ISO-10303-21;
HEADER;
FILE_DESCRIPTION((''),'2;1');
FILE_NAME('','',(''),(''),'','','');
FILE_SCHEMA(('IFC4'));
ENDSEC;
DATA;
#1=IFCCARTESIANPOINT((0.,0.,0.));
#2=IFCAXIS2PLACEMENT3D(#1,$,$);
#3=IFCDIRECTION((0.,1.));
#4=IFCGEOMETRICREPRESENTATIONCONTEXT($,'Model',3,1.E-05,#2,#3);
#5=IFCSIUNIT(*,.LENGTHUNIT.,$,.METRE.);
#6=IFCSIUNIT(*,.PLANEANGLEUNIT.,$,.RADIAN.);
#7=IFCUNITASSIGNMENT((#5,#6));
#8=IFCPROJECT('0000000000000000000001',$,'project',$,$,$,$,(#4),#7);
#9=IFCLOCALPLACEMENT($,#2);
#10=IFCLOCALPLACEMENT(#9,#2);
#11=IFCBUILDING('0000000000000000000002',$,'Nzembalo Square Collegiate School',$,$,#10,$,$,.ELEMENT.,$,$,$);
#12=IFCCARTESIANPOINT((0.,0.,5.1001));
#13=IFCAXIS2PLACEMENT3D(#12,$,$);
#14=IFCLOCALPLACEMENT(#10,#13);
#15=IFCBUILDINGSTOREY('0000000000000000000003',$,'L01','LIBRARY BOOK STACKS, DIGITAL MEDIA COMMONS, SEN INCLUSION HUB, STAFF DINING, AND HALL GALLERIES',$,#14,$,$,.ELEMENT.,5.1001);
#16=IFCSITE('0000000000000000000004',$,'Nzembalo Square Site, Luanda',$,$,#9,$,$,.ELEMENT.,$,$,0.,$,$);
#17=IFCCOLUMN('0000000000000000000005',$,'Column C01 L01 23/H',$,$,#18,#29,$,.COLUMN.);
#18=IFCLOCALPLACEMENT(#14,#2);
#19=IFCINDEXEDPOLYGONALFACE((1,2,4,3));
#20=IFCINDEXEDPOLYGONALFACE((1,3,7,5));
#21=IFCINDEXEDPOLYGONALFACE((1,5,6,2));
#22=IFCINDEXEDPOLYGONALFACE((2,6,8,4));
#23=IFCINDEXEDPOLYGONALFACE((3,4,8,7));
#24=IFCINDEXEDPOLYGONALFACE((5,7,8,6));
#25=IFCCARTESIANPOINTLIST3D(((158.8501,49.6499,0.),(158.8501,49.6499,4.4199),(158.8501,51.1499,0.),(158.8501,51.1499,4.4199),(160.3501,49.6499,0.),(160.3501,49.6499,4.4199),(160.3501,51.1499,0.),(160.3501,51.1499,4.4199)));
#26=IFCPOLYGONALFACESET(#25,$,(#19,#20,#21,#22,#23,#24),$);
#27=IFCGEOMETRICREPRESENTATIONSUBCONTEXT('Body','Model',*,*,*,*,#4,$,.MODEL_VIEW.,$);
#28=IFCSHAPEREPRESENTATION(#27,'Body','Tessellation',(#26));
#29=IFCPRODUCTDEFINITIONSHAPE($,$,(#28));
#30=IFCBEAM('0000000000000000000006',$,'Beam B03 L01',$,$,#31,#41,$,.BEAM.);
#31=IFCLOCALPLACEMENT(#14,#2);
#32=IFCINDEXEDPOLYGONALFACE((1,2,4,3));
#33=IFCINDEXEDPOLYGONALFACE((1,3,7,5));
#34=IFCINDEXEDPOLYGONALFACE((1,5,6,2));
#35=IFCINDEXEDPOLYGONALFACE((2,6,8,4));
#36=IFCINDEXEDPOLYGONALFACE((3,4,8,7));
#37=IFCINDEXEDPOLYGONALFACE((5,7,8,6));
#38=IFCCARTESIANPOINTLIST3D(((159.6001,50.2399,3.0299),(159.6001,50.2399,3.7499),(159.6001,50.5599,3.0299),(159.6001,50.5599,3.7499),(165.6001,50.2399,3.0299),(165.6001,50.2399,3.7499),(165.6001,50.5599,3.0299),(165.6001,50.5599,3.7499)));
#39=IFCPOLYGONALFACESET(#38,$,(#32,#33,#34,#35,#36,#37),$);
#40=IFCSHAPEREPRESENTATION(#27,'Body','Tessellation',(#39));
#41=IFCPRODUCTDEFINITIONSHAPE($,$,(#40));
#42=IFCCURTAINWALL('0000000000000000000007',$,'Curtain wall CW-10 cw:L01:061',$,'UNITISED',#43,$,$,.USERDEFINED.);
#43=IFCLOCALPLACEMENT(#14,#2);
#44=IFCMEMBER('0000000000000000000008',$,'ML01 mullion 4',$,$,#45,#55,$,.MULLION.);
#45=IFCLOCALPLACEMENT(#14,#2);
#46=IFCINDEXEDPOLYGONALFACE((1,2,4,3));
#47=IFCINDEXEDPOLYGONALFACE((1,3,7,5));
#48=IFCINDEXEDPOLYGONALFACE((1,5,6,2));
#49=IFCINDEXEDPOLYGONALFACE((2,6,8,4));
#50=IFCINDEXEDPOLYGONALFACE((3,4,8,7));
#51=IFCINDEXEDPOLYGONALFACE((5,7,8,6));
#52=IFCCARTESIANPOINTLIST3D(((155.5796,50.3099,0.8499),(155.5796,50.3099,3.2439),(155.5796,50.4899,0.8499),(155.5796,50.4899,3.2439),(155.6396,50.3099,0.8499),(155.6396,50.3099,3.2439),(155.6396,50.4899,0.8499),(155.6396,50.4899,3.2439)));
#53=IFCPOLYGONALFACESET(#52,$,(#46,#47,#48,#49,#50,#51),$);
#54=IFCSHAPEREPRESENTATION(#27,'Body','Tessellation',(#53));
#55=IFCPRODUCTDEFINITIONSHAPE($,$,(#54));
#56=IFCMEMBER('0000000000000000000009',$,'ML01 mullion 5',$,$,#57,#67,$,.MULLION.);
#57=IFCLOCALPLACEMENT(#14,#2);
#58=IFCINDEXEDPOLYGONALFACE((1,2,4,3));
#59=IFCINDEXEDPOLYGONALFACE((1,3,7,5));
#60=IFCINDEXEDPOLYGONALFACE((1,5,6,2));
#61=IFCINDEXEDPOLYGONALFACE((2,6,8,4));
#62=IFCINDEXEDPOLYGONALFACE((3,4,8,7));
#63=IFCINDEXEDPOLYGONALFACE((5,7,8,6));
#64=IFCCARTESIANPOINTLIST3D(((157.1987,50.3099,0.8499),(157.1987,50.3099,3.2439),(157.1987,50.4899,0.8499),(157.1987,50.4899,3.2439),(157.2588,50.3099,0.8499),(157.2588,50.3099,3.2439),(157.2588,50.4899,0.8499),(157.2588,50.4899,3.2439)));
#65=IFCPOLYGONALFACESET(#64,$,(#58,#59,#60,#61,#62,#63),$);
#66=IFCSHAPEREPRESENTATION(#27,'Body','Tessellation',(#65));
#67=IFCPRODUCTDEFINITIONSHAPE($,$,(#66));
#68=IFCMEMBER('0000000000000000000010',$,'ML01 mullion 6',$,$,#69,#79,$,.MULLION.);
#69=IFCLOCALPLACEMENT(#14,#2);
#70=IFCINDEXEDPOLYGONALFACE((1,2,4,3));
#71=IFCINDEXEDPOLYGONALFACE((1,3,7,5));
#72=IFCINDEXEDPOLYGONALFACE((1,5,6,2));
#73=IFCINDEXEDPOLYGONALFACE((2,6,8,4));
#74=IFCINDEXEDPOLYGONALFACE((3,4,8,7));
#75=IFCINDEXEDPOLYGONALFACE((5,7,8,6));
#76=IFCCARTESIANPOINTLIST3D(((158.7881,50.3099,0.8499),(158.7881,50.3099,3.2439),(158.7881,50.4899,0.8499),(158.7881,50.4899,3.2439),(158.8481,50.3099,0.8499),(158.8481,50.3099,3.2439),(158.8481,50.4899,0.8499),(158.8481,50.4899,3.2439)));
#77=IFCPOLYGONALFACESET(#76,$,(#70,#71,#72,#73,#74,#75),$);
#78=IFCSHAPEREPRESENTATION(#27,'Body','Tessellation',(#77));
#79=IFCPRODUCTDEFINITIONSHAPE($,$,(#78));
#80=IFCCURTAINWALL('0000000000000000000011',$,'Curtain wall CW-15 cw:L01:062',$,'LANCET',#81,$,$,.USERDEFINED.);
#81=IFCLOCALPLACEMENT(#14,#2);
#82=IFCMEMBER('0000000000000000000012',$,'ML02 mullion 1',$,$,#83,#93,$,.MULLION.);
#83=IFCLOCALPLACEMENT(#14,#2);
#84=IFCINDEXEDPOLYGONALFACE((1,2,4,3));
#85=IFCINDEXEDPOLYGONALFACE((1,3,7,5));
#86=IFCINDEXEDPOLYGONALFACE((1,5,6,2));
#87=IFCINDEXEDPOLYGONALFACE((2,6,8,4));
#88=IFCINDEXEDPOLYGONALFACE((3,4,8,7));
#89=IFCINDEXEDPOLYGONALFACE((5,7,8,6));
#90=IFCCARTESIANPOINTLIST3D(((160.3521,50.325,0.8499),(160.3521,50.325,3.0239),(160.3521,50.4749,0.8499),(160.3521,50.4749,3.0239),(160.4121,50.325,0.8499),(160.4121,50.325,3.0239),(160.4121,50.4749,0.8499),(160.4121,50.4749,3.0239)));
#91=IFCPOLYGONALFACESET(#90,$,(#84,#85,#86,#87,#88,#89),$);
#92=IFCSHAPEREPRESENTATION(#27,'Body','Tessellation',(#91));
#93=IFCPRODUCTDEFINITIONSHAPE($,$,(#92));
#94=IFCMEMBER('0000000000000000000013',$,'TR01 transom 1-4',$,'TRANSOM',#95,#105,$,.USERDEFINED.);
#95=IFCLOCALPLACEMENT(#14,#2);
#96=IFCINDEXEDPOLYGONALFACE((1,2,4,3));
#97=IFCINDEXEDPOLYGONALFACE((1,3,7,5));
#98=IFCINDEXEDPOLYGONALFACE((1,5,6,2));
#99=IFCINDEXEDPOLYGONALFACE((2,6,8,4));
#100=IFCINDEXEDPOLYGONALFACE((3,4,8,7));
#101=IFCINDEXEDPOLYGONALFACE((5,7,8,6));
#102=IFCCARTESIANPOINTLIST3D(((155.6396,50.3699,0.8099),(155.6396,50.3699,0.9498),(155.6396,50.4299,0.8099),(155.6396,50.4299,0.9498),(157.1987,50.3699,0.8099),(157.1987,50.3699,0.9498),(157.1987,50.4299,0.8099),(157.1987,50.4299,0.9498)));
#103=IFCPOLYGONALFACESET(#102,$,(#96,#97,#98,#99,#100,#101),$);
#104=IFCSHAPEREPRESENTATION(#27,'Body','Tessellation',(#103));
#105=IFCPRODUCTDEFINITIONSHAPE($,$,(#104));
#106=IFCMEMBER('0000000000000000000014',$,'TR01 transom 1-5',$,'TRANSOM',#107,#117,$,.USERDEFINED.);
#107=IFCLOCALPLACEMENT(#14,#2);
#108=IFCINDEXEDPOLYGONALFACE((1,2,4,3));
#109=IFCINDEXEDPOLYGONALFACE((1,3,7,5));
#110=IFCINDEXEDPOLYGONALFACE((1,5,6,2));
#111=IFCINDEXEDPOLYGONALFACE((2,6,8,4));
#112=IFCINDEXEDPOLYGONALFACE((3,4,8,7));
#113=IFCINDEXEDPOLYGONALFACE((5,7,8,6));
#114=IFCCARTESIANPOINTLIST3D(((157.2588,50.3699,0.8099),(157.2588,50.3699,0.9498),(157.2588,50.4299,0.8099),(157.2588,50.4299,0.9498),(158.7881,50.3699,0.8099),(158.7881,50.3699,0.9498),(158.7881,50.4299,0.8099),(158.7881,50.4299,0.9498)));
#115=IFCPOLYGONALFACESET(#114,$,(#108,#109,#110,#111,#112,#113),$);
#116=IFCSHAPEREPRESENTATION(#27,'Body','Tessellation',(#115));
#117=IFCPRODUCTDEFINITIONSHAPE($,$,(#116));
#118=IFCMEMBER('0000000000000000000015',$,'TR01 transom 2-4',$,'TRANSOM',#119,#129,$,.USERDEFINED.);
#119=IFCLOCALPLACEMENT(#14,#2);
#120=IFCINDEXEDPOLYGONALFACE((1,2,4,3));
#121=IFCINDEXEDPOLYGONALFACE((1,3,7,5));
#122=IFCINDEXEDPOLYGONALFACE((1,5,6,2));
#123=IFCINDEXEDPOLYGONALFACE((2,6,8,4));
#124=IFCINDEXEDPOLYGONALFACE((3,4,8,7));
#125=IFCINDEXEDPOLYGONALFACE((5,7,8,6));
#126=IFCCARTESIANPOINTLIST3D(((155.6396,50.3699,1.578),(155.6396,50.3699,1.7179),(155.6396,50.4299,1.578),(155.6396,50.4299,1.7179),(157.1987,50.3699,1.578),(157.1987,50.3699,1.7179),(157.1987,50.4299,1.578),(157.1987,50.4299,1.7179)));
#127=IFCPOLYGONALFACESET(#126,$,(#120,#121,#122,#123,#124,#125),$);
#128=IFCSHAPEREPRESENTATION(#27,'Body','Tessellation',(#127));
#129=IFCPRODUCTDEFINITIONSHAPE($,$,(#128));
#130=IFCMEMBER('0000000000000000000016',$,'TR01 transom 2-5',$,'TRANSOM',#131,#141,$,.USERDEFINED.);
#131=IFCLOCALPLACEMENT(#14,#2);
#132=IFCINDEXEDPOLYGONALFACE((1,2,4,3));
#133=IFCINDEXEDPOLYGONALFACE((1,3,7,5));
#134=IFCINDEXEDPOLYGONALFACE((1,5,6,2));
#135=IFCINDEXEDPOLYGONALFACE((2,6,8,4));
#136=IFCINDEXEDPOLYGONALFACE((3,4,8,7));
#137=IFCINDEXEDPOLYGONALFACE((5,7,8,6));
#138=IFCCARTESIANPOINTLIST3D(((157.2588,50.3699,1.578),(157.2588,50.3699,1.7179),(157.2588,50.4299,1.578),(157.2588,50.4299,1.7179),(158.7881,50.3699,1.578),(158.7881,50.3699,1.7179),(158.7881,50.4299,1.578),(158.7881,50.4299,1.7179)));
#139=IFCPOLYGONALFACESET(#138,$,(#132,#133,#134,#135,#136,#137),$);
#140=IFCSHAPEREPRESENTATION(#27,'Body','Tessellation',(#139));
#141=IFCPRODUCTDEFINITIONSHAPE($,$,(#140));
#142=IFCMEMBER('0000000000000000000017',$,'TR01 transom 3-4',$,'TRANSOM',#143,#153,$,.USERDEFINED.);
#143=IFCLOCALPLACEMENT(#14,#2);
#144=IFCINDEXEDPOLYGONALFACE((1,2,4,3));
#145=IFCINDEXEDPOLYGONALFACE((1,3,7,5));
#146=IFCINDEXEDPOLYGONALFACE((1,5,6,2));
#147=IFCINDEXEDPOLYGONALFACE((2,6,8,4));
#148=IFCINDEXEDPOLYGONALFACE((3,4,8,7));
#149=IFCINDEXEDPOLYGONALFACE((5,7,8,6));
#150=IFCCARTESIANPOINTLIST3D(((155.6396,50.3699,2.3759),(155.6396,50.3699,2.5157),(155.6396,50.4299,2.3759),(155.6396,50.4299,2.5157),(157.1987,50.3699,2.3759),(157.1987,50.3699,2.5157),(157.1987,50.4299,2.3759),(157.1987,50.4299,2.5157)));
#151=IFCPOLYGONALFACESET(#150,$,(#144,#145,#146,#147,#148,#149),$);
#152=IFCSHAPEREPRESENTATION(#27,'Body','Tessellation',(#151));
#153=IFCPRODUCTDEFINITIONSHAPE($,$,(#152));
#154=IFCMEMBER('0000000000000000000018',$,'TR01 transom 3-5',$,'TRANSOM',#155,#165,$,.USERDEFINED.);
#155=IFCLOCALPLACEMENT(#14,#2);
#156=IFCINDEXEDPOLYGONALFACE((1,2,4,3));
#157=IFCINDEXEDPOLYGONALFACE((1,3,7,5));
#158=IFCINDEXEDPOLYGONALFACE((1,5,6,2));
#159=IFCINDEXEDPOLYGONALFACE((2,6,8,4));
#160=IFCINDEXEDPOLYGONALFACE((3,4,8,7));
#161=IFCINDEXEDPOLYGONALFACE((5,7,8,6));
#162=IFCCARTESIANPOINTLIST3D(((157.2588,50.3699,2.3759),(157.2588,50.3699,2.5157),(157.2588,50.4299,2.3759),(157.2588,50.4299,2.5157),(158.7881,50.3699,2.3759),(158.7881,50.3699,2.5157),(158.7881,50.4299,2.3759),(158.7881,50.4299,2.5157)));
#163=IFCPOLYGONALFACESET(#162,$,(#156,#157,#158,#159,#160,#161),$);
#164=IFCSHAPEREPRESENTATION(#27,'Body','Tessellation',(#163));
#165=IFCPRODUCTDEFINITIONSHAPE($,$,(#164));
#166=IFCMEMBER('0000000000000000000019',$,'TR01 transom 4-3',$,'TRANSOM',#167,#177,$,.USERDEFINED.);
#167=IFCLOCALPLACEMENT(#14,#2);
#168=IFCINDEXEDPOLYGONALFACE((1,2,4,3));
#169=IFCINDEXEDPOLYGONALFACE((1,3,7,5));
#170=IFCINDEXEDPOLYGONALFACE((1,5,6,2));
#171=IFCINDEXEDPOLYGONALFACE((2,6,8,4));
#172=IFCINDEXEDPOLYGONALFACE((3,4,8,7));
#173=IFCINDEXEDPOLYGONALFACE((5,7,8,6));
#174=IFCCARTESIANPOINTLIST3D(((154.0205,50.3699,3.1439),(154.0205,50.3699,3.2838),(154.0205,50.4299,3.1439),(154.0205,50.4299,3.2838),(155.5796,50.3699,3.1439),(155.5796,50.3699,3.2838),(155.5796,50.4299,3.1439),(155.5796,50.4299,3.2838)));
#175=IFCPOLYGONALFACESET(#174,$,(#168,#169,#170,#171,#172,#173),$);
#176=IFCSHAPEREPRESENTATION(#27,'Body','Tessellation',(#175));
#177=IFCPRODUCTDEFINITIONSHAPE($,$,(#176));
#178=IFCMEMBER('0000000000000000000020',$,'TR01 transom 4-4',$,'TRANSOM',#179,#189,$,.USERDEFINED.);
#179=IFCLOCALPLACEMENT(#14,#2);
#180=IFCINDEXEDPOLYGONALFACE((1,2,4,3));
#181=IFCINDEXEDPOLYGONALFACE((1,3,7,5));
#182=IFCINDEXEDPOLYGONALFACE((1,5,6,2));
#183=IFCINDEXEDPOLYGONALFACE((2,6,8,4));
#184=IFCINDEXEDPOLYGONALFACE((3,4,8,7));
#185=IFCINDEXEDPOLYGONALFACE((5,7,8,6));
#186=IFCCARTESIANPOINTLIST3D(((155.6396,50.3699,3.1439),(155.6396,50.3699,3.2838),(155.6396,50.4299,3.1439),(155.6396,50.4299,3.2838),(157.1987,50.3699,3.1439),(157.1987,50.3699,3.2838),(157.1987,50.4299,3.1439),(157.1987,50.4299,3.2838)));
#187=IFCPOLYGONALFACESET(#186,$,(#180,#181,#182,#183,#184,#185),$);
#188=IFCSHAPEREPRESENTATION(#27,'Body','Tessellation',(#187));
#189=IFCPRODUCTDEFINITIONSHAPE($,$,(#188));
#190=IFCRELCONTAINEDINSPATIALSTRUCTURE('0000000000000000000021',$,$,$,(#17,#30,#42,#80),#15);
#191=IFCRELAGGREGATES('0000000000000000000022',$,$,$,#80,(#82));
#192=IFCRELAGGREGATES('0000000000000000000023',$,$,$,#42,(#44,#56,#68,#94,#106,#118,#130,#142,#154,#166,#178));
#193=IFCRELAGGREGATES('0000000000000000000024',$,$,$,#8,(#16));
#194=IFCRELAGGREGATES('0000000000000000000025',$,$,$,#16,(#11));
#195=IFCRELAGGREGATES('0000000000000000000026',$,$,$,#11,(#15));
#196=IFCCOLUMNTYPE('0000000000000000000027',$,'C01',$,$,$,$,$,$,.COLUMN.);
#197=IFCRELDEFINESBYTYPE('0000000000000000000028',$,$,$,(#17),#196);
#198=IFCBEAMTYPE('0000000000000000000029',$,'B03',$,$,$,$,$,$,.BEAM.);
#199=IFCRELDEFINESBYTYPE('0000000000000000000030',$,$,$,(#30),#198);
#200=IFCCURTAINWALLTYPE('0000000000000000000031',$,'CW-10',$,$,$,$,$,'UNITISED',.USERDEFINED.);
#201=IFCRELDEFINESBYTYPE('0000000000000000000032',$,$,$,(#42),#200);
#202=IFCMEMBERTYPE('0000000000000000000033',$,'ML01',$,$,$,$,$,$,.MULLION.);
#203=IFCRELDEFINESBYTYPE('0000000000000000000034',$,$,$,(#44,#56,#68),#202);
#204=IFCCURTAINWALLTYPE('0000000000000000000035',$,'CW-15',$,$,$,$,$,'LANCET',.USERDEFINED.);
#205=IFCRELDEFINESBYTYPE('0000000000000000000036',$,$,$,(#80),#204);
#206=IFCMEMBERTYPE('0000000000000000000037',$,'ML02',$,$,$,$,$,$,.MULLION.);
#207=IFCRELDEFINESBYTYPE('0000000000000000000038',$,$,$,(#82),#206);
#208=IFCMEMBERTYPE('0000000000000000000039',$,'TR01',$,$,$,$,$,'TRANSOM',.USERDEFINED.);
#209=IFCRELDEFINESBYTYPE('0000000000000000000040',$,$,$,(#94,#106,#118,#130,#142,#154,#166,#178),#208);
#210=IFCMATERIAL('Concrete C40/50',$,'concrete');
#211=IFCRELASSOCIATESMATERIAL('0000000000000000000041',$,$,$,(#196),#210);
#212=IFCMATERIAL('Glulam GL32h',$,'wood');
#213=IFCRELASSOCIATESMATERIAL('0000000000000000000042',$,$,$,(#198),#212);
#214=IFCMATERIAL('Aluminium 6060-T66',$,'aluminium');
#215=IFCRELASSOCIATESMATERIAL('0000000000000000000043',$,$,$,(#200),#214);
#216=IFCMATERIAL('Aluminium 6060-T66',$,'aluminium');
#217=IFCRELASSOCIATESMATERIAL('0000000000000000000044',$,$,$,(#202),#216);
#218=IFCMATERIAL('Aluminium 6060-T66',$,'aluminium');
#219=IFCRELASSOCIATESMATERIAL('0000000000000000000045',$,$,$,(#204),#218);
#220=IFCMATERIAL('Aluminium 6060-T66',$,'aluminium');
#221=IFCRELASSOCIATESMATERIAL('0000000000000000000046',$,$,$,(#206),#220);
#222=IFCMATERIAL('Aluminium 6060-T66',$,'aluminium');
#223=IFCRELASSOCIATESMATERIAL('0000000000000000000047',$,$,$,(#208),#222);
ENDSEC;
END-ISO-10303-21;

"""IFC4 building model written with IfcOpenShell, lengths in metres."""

from ifc_helpers import new_model, si_unit, direction, frame, origin, origin_2d, place, context, subcontext, project, spatial, rectangle, extrude, material, material_profile, profile_set, type_object, element, aggregate, save


model = new_model("IFC4")

# Units and contexts
model_context = context("Model", 3, precision=1e-05, world=origin(), true_north=direction((0.0, 1.0)))
body_context = subcontext(model_context, "Body", "Model", "MODEL_VIEW")
ifc_project = project(units=[si_unit("LENGTHUNIT", "METRE"), si_unit("PLANEANGLEUNIT", "RADIAN")], contexts=[model_context])

# Site, building, storey
site_placement = place(None, origin())
site = spatial("IfcSite", under=ifc_project, at=site_placement, Name="Nzembalo Square Site, Luanda", CompositionType="ELEMENT", RefElevation=0.0)
building_placement = place(site_placement, origin())
building = spatial("IfcBuilding", under=site, at=building_placement, Name="Nzembalo Square Collegiate School", CompositionType="ELEMENT")
storey_placement = place(building_placement, frame((0.0, 0.0, 5.1001)))
storey = spatial("IfcBuildingStorey", under=building, at=storey_placement, Name="L01", Description="LIBRARY BOOK STACKS, DIGITAL MEDIA COMMONS, SEN INCLUSION HUB, STAFF DINING, AND HALL GALLERIES", CompositionType="ELEMENT", Elevation=5.1001)

# Column
ifc_material_1 = material(Name="Concrete C40/50", Category="concrete")
ifc_material_profile_1 = material_profile(ifc_material_1, rectangle(XDim=1.5, YDim=1.5, at=origin_2d()), Name="RC 1500x1500")
ifc_profile_set_1 = profile_set([ifc_material_profile_1], Name="Concrete C40/50")
column_type = type_object("IfcColumnType", Name="C01", PredefinedType="COLUMN", material=ifc_profile_set_1)
column_placement = place(storey_placement, frame((159.6001, 50.3999, 0.0), z_axis=(0.0, 0.0, 1.0), x_axis=(1.0, 0.0, 0.0)))
element("IfcColumn", 1, at=column_placement, inside=storey, type_object=column_type, Name="Column C01 L01 23/H", PredefinedType="COLUMN", context=body_context, shape_type="SweptSolid", body=[
    extrude(rectangle(XDim=1.5, YDim=1.5, at=origin_2d()), origin(), (0.0, 0.0, 1.0), 4.4199),
])

# Beam
ifc_material_2 = material(Name="Glulam GL32h", Category="wood")
ifc_material_profile_2 = material_profile(ifc_material_2, rectangle(XDim=0.3201, YDim=0.72, at=origin_2d()), Name="GL32h 320x720")
ifc_profile_set_2 = profile_set([ifc_material_profile_2], Name="Glulam GL32h")
beam_type = type_object("IfcBeamType", Name="B03", PredefinedType="BEAM", material=ifc_profile_set_2)
beam_placement = place(storey_placement, frame((159.6001, 50.3999, 3.3899), z_axis=(1.0, 0.0, 0.0), x_axis=(0.0, 1.0, 0.0)))
element("IfcBeam", 2, at=beam_placement, inside=storey, type_object=beam_type, Name="Beam B03 L01", PredefinedType="BEAM", context=body_context, shape_type="SweptSolid", body=[
    extrude(rectangle(XDim=0.3201, YDim=0.72, at=origin_2d()), origin(), (0.0, 0.0, 1.0), 6.0),
])

# Curtain wall, members
ifc_material_3 = material(Name="Aluminium 6060-T66", Category="aluminium")
curtain_wall_type_1 = type_object("IfcCurtainWallType", Name="CW-10", ElementType="UNITISED", PredefinedType="USERDEFINED", material=ifc_material_3)
curtain_wall_1_placement = place(storey_placement, origin())
curtain_wall_1 = element("IfcCurtainWall", 3, at=curtain_wall_1_placement, inside=storey, type_object=curtain_wall_type_1, Name="Curtain wall CW-10 cw:L01:061", ObjectType="UNITISED", PredefinedType="USERDEFINED")
ifc_material_4 = material(Name="Aluminium 6060-T66", Category="aluminium")
ifc_material_profile_3 = material_profile(ifc_material_4, rectangle(XDim=0.0601, YDim=0.1799, at=origin_2d()), Name="ALU M60x180")
ifc_profile_set_3 = profile_set([ifc_material_profile_3], Name="Aluminium 6060-T66")
member_type_1 = type_object("IfcMemberType", Name="ML01", PredefinedType="MULLION", material=ifc_profile_set_3)
member_1_placement = place(storey_placement, frame((155.6096, 50.3999, 0.8499), z_axis=(0.0, 0.0, 1.0), x_axis=(1.0, 0.0, 0.0)))
member_1 = element("IfcMember", 4, at=member_1_placement, type_object=member_type_1, Name="ML01 mullion 4", PredefinedType="MULLION", context=body_context, shape_type="SweptSolid", body=[
    extrude(rectangle(XDim=0.0601, YDim=0.1799, at=origin_2d()), origin(), (0.0, 0.0, 1.0), 2.394),
])
member_2_placement = place(storey_placement, frame((157.2288, 50.3999, 0.8499), z_axis=(0.0, 0.0, 1.0), x_axis=(1.0, 0.0, 0.0)))
member_2 = element("IfcMember", 5, at=member_2_placement, type_object=member_type_1, Name="ML01 mullion 5", PredefinedType="MULLION", context=body_context, shape_type="SweptSolid", body=[
    extrude(rectangle(XDim=0.0601, YDim=0.1799, at=origin_2d()), origin(), (0.0, 0.0, 1.0), 2.394),
])
member_3_placement = place(storey_placement, frame((158.8181, 50.3999, 0.8499), z_axis=(0.0, 0.0, 1.0), x_axis=(1.0, 0.0, 0.0)))
member_3 = element("IfcMember", 6, at=member_3_placement, type_object=member_type_1, Name="ML01 mullion 6", PredefinedType="MULLION", context=body_context, shape_type="SweptSolid", body=[
    extrude(rectangle(XDim=0.0601, YDim=0.1799, at=origin_2d()), origin(), (0.0, 0.0, 1.0), 2.394),
])

# Curtain wall, member
ifc_material_5 = material(Name="Aluminium 6060-T66", Category="aluminium")
curtain_wall_type_2 = type_object("IfcCurtainWallType", Name="CW-15", ElementType="LANCET", PredefinedType="USERDEFINED", material=ifc_material_5)
curtain_wall_2_placement = place(storey_placement, origin())
curtain_wall_2 = element("IfcCurtainWall", 7, at=curtain_wall_2_placement, inside=storey, type_object=curtain_wall_type_2, Name="Curtain wall CW-15 cw:L01:062", ObjectType="LANCET", PredefinedType="USERDEFINED")
ifc_material_6 = material(Name="Aluminium 6060-T66", Category="aluminium")
ifc_material_profile_4 = material_profile(ifc_material_6, rectangle(XDim=0.0601, YDim=0.1499, at=origin_2d()), Name="ALU M60x150")
ifc_profile_set_4 = profile_set([ifc_material_profile_4], Name="Aluminium 6060-T66")
member_type_2 = type_object("IfcMemberType", Name="ML02", PredefinedType="MULLION", material=ifc_profile_set_4)
member_4_placement = place(storey_placement, frame((160.3821, 50.3999, 0.8499), z_axis=(0.0, 0.0, 1.0), x_axis=(1.0, 0.0, 0.0)))
member_4 = element("IfcMember", 8, at=member_4_placement, type_object=member_type_2, Name="ML02 mullion 1", PredefinedType="MULLION", context=body_context, shape_type="SweptSolid", body=[
    extrude(rectangle(XDim=0.0601, YDim=0.1499, at=origin_2d()), origin(), (0.0, 0.0, 1.0), 2.1741),
])

# Members
ifc_material_7 = material(Name="Aluminium 6060-T66", Category="aluminium")
ifc_material_profile_5 = material_profile(ifc_material_7, rectangle(XDim=0.0601, YDim=0.1399, at=origin_2d()), Name="ALU T60x140")
ifc_profile_set_5 = profile_set([ifc_material_profile_5], Name="Aluminium 6060-T66")
member_type_3 = type_object("IfcMemberType", Name="TR01", ElementType="TRANSOM", PredefinedType="USERDEFINED", material=ifc_profile_set_5)
member_5_placement = place(storey_placement, frame((155.6396, 50.3999, 0.8799), z_axis=(1.0, 0.0, 0.0), x_axis=(0.0, 1.0, 0.0)))
member_5 = element("IfcMember", 9, at=member_5_placement, type_object=member_type_3, Name="TR01 transom 1-4", ObjectType="TRANSOM", PredefinedType="USERDEFINED", context=body_context, shape_type="SweptSolid", body=[
    extrude(rectangle(XDim=0.0601, YDim=0.1399, at=origin_2d()), origin(), (0.0, 0.0, 1.0), 1.5591),
])
member_6_placement = place(storey_placement, frame((157.2588, 50.3999, 0.8799), z_axis=(1.0, 0.0, 0.0), x_axis=(0.0, 1.0, 0.0)))
member_6 = element("IfcMember", 10, at=member_6_placement, type_object=member_type_3, Name="TR01 transom 1-5", ObjectType="TRANSOM", PredefinedType="USERDEFINED", context=body_context, shape_type="SweptSolid", body=[
    extrude(rectangle(XDim=0.0601, YDim=0.1399, at=origin_2d()), origin(), (0.0, 0.0, 1.0), 1.5293),
])
member_7_placement = place(storey_placement, frame((155.6396, 50.3999, 1.6479), z_axis=(1.0, 0.0, 0.0), x_axis=(0.0, 1.0, 0.0)))
member_7 = element("IfcMember", 11, at=member_7_placement, type_object=member_type_3, Name="TR01 transom 2-4", ObjectType="TRANSOM", PredefinedType="USERDEFINED", context=body_context, shape_type="SweptSolid", body=[
    extrude(rectangle(XDim=0.0601, YDim=0.1399, at=origin_2d()), origin(), (0.0, 0.0, 1.0), 1.5591),
])
member_8_placement = place(storey_placement, frame((157.2588, 50.3999, 1.6479), z_axis=(1.0, 0.0, 0.0), x_axis=(0.0, 1.0, 0.0)))
member_8 = element("IfcMember", 12, at=member_8_placement, type_object=member_type_3, Name="TR01 transom 2-5", ObjectType="TRANSOM", PredefinedType="USERDEFINED", context=body_context, shape_type="SweptSolid", body=[
    extrude(rectangle(XDim=0.0601, YDim=0.1399, at=origin_2d()), origin(), (0.0, 0.0, 1.0), 1.5293),
])
member_9_placement = place(storey_placement, frame((155.6396, 50.3999, 2.4458), z_axis=(1.0, 0.0, 0.0), x_axis=(0.0, 1.0, 0.0)))
member_9 = element("IfcMember", 13, at=member_9_placement, type_object=member_type_3, Name="TR01 transom 3-4", ObjectType="TRANSOM", PredefinedType="USERDEFINED", context=body_context, shape_type="SweptSolid", body=[
    extrude(rectangle(XDim=0.0601, YDim=0.1399, at=origin_2d()), origin(), (0.0, 0.0, 1.0), 1.5591),
])
member_10_placement = place(storey_placement, frame((157.2588, 50.3999, 2.4458), z_axis=(1.0, 0.0, 0.0), x_axis=(0.0, 1.0, 0.0)))
member_10 = element("IfcMember", 14, at=member_10_placement, type_object=member_type_3, Name="TR01 transom 3-5", ObjectType="TRANSOM", PredefinedType="USERDEFINED", context=body_context, shape_type="SweptSolid", body=[
    extrude(rectangle(XDim=0.0601, YDim=0.1399, at=origin_2d()), origin(), (0.0, 0.0, 1.0), 1.5293),
])
member_11_placement = place(storey_placement, frame((154.0205, 50.3999, 3.2139), z_axis=(1.0, 0.0, 0.0), x_axis=(0.0, 1.0, 0.0)))
member_11 = element("IfcMember", 15, at=member_11_placement, type_object=member_type_3, Name="TR01 transom 4-3", ObjectType="TRANSOM", PredefinedType="USERDEFINED", context=body_context, shape_type="SweptSolid", body=[
    extrude(rectangle(XDim=0.0601, YDim=0.1399, at=origin_2d()), origin(), (0.0, 0.0, 1.0), 1.5591),
])
member_12_placement = place(storey_placement, frame((155.6396, 50.3999, 3.2139), z_axis=(1.0, 0.0, 0.0), x_axis=(0.0, 1.0, 0.0)))
member_12 = element("IfcMember", 16, at=member_12_placement, type_object=member_type_3, Name="TR01 transom 4-4", ObjectType="TRANSOM", PredefinedType="USERDEFINED", context=body_context, shape_type="SweptSolid", body=[
    extrude(rectangle(XDim=0.0601, YDim=0.1399, at=origin_2d()), origin(), (0.0, 0.0, 1.0), 1.5591),
])
aggregate(curtain_wall_2, [member_4])

aggregate(curtain_wall_1, [member_1, member_2, member_3, member_5, member_6, member_7, member_8, member_9, member_10, member_11, member_12])

save(model, "model.ifc")
